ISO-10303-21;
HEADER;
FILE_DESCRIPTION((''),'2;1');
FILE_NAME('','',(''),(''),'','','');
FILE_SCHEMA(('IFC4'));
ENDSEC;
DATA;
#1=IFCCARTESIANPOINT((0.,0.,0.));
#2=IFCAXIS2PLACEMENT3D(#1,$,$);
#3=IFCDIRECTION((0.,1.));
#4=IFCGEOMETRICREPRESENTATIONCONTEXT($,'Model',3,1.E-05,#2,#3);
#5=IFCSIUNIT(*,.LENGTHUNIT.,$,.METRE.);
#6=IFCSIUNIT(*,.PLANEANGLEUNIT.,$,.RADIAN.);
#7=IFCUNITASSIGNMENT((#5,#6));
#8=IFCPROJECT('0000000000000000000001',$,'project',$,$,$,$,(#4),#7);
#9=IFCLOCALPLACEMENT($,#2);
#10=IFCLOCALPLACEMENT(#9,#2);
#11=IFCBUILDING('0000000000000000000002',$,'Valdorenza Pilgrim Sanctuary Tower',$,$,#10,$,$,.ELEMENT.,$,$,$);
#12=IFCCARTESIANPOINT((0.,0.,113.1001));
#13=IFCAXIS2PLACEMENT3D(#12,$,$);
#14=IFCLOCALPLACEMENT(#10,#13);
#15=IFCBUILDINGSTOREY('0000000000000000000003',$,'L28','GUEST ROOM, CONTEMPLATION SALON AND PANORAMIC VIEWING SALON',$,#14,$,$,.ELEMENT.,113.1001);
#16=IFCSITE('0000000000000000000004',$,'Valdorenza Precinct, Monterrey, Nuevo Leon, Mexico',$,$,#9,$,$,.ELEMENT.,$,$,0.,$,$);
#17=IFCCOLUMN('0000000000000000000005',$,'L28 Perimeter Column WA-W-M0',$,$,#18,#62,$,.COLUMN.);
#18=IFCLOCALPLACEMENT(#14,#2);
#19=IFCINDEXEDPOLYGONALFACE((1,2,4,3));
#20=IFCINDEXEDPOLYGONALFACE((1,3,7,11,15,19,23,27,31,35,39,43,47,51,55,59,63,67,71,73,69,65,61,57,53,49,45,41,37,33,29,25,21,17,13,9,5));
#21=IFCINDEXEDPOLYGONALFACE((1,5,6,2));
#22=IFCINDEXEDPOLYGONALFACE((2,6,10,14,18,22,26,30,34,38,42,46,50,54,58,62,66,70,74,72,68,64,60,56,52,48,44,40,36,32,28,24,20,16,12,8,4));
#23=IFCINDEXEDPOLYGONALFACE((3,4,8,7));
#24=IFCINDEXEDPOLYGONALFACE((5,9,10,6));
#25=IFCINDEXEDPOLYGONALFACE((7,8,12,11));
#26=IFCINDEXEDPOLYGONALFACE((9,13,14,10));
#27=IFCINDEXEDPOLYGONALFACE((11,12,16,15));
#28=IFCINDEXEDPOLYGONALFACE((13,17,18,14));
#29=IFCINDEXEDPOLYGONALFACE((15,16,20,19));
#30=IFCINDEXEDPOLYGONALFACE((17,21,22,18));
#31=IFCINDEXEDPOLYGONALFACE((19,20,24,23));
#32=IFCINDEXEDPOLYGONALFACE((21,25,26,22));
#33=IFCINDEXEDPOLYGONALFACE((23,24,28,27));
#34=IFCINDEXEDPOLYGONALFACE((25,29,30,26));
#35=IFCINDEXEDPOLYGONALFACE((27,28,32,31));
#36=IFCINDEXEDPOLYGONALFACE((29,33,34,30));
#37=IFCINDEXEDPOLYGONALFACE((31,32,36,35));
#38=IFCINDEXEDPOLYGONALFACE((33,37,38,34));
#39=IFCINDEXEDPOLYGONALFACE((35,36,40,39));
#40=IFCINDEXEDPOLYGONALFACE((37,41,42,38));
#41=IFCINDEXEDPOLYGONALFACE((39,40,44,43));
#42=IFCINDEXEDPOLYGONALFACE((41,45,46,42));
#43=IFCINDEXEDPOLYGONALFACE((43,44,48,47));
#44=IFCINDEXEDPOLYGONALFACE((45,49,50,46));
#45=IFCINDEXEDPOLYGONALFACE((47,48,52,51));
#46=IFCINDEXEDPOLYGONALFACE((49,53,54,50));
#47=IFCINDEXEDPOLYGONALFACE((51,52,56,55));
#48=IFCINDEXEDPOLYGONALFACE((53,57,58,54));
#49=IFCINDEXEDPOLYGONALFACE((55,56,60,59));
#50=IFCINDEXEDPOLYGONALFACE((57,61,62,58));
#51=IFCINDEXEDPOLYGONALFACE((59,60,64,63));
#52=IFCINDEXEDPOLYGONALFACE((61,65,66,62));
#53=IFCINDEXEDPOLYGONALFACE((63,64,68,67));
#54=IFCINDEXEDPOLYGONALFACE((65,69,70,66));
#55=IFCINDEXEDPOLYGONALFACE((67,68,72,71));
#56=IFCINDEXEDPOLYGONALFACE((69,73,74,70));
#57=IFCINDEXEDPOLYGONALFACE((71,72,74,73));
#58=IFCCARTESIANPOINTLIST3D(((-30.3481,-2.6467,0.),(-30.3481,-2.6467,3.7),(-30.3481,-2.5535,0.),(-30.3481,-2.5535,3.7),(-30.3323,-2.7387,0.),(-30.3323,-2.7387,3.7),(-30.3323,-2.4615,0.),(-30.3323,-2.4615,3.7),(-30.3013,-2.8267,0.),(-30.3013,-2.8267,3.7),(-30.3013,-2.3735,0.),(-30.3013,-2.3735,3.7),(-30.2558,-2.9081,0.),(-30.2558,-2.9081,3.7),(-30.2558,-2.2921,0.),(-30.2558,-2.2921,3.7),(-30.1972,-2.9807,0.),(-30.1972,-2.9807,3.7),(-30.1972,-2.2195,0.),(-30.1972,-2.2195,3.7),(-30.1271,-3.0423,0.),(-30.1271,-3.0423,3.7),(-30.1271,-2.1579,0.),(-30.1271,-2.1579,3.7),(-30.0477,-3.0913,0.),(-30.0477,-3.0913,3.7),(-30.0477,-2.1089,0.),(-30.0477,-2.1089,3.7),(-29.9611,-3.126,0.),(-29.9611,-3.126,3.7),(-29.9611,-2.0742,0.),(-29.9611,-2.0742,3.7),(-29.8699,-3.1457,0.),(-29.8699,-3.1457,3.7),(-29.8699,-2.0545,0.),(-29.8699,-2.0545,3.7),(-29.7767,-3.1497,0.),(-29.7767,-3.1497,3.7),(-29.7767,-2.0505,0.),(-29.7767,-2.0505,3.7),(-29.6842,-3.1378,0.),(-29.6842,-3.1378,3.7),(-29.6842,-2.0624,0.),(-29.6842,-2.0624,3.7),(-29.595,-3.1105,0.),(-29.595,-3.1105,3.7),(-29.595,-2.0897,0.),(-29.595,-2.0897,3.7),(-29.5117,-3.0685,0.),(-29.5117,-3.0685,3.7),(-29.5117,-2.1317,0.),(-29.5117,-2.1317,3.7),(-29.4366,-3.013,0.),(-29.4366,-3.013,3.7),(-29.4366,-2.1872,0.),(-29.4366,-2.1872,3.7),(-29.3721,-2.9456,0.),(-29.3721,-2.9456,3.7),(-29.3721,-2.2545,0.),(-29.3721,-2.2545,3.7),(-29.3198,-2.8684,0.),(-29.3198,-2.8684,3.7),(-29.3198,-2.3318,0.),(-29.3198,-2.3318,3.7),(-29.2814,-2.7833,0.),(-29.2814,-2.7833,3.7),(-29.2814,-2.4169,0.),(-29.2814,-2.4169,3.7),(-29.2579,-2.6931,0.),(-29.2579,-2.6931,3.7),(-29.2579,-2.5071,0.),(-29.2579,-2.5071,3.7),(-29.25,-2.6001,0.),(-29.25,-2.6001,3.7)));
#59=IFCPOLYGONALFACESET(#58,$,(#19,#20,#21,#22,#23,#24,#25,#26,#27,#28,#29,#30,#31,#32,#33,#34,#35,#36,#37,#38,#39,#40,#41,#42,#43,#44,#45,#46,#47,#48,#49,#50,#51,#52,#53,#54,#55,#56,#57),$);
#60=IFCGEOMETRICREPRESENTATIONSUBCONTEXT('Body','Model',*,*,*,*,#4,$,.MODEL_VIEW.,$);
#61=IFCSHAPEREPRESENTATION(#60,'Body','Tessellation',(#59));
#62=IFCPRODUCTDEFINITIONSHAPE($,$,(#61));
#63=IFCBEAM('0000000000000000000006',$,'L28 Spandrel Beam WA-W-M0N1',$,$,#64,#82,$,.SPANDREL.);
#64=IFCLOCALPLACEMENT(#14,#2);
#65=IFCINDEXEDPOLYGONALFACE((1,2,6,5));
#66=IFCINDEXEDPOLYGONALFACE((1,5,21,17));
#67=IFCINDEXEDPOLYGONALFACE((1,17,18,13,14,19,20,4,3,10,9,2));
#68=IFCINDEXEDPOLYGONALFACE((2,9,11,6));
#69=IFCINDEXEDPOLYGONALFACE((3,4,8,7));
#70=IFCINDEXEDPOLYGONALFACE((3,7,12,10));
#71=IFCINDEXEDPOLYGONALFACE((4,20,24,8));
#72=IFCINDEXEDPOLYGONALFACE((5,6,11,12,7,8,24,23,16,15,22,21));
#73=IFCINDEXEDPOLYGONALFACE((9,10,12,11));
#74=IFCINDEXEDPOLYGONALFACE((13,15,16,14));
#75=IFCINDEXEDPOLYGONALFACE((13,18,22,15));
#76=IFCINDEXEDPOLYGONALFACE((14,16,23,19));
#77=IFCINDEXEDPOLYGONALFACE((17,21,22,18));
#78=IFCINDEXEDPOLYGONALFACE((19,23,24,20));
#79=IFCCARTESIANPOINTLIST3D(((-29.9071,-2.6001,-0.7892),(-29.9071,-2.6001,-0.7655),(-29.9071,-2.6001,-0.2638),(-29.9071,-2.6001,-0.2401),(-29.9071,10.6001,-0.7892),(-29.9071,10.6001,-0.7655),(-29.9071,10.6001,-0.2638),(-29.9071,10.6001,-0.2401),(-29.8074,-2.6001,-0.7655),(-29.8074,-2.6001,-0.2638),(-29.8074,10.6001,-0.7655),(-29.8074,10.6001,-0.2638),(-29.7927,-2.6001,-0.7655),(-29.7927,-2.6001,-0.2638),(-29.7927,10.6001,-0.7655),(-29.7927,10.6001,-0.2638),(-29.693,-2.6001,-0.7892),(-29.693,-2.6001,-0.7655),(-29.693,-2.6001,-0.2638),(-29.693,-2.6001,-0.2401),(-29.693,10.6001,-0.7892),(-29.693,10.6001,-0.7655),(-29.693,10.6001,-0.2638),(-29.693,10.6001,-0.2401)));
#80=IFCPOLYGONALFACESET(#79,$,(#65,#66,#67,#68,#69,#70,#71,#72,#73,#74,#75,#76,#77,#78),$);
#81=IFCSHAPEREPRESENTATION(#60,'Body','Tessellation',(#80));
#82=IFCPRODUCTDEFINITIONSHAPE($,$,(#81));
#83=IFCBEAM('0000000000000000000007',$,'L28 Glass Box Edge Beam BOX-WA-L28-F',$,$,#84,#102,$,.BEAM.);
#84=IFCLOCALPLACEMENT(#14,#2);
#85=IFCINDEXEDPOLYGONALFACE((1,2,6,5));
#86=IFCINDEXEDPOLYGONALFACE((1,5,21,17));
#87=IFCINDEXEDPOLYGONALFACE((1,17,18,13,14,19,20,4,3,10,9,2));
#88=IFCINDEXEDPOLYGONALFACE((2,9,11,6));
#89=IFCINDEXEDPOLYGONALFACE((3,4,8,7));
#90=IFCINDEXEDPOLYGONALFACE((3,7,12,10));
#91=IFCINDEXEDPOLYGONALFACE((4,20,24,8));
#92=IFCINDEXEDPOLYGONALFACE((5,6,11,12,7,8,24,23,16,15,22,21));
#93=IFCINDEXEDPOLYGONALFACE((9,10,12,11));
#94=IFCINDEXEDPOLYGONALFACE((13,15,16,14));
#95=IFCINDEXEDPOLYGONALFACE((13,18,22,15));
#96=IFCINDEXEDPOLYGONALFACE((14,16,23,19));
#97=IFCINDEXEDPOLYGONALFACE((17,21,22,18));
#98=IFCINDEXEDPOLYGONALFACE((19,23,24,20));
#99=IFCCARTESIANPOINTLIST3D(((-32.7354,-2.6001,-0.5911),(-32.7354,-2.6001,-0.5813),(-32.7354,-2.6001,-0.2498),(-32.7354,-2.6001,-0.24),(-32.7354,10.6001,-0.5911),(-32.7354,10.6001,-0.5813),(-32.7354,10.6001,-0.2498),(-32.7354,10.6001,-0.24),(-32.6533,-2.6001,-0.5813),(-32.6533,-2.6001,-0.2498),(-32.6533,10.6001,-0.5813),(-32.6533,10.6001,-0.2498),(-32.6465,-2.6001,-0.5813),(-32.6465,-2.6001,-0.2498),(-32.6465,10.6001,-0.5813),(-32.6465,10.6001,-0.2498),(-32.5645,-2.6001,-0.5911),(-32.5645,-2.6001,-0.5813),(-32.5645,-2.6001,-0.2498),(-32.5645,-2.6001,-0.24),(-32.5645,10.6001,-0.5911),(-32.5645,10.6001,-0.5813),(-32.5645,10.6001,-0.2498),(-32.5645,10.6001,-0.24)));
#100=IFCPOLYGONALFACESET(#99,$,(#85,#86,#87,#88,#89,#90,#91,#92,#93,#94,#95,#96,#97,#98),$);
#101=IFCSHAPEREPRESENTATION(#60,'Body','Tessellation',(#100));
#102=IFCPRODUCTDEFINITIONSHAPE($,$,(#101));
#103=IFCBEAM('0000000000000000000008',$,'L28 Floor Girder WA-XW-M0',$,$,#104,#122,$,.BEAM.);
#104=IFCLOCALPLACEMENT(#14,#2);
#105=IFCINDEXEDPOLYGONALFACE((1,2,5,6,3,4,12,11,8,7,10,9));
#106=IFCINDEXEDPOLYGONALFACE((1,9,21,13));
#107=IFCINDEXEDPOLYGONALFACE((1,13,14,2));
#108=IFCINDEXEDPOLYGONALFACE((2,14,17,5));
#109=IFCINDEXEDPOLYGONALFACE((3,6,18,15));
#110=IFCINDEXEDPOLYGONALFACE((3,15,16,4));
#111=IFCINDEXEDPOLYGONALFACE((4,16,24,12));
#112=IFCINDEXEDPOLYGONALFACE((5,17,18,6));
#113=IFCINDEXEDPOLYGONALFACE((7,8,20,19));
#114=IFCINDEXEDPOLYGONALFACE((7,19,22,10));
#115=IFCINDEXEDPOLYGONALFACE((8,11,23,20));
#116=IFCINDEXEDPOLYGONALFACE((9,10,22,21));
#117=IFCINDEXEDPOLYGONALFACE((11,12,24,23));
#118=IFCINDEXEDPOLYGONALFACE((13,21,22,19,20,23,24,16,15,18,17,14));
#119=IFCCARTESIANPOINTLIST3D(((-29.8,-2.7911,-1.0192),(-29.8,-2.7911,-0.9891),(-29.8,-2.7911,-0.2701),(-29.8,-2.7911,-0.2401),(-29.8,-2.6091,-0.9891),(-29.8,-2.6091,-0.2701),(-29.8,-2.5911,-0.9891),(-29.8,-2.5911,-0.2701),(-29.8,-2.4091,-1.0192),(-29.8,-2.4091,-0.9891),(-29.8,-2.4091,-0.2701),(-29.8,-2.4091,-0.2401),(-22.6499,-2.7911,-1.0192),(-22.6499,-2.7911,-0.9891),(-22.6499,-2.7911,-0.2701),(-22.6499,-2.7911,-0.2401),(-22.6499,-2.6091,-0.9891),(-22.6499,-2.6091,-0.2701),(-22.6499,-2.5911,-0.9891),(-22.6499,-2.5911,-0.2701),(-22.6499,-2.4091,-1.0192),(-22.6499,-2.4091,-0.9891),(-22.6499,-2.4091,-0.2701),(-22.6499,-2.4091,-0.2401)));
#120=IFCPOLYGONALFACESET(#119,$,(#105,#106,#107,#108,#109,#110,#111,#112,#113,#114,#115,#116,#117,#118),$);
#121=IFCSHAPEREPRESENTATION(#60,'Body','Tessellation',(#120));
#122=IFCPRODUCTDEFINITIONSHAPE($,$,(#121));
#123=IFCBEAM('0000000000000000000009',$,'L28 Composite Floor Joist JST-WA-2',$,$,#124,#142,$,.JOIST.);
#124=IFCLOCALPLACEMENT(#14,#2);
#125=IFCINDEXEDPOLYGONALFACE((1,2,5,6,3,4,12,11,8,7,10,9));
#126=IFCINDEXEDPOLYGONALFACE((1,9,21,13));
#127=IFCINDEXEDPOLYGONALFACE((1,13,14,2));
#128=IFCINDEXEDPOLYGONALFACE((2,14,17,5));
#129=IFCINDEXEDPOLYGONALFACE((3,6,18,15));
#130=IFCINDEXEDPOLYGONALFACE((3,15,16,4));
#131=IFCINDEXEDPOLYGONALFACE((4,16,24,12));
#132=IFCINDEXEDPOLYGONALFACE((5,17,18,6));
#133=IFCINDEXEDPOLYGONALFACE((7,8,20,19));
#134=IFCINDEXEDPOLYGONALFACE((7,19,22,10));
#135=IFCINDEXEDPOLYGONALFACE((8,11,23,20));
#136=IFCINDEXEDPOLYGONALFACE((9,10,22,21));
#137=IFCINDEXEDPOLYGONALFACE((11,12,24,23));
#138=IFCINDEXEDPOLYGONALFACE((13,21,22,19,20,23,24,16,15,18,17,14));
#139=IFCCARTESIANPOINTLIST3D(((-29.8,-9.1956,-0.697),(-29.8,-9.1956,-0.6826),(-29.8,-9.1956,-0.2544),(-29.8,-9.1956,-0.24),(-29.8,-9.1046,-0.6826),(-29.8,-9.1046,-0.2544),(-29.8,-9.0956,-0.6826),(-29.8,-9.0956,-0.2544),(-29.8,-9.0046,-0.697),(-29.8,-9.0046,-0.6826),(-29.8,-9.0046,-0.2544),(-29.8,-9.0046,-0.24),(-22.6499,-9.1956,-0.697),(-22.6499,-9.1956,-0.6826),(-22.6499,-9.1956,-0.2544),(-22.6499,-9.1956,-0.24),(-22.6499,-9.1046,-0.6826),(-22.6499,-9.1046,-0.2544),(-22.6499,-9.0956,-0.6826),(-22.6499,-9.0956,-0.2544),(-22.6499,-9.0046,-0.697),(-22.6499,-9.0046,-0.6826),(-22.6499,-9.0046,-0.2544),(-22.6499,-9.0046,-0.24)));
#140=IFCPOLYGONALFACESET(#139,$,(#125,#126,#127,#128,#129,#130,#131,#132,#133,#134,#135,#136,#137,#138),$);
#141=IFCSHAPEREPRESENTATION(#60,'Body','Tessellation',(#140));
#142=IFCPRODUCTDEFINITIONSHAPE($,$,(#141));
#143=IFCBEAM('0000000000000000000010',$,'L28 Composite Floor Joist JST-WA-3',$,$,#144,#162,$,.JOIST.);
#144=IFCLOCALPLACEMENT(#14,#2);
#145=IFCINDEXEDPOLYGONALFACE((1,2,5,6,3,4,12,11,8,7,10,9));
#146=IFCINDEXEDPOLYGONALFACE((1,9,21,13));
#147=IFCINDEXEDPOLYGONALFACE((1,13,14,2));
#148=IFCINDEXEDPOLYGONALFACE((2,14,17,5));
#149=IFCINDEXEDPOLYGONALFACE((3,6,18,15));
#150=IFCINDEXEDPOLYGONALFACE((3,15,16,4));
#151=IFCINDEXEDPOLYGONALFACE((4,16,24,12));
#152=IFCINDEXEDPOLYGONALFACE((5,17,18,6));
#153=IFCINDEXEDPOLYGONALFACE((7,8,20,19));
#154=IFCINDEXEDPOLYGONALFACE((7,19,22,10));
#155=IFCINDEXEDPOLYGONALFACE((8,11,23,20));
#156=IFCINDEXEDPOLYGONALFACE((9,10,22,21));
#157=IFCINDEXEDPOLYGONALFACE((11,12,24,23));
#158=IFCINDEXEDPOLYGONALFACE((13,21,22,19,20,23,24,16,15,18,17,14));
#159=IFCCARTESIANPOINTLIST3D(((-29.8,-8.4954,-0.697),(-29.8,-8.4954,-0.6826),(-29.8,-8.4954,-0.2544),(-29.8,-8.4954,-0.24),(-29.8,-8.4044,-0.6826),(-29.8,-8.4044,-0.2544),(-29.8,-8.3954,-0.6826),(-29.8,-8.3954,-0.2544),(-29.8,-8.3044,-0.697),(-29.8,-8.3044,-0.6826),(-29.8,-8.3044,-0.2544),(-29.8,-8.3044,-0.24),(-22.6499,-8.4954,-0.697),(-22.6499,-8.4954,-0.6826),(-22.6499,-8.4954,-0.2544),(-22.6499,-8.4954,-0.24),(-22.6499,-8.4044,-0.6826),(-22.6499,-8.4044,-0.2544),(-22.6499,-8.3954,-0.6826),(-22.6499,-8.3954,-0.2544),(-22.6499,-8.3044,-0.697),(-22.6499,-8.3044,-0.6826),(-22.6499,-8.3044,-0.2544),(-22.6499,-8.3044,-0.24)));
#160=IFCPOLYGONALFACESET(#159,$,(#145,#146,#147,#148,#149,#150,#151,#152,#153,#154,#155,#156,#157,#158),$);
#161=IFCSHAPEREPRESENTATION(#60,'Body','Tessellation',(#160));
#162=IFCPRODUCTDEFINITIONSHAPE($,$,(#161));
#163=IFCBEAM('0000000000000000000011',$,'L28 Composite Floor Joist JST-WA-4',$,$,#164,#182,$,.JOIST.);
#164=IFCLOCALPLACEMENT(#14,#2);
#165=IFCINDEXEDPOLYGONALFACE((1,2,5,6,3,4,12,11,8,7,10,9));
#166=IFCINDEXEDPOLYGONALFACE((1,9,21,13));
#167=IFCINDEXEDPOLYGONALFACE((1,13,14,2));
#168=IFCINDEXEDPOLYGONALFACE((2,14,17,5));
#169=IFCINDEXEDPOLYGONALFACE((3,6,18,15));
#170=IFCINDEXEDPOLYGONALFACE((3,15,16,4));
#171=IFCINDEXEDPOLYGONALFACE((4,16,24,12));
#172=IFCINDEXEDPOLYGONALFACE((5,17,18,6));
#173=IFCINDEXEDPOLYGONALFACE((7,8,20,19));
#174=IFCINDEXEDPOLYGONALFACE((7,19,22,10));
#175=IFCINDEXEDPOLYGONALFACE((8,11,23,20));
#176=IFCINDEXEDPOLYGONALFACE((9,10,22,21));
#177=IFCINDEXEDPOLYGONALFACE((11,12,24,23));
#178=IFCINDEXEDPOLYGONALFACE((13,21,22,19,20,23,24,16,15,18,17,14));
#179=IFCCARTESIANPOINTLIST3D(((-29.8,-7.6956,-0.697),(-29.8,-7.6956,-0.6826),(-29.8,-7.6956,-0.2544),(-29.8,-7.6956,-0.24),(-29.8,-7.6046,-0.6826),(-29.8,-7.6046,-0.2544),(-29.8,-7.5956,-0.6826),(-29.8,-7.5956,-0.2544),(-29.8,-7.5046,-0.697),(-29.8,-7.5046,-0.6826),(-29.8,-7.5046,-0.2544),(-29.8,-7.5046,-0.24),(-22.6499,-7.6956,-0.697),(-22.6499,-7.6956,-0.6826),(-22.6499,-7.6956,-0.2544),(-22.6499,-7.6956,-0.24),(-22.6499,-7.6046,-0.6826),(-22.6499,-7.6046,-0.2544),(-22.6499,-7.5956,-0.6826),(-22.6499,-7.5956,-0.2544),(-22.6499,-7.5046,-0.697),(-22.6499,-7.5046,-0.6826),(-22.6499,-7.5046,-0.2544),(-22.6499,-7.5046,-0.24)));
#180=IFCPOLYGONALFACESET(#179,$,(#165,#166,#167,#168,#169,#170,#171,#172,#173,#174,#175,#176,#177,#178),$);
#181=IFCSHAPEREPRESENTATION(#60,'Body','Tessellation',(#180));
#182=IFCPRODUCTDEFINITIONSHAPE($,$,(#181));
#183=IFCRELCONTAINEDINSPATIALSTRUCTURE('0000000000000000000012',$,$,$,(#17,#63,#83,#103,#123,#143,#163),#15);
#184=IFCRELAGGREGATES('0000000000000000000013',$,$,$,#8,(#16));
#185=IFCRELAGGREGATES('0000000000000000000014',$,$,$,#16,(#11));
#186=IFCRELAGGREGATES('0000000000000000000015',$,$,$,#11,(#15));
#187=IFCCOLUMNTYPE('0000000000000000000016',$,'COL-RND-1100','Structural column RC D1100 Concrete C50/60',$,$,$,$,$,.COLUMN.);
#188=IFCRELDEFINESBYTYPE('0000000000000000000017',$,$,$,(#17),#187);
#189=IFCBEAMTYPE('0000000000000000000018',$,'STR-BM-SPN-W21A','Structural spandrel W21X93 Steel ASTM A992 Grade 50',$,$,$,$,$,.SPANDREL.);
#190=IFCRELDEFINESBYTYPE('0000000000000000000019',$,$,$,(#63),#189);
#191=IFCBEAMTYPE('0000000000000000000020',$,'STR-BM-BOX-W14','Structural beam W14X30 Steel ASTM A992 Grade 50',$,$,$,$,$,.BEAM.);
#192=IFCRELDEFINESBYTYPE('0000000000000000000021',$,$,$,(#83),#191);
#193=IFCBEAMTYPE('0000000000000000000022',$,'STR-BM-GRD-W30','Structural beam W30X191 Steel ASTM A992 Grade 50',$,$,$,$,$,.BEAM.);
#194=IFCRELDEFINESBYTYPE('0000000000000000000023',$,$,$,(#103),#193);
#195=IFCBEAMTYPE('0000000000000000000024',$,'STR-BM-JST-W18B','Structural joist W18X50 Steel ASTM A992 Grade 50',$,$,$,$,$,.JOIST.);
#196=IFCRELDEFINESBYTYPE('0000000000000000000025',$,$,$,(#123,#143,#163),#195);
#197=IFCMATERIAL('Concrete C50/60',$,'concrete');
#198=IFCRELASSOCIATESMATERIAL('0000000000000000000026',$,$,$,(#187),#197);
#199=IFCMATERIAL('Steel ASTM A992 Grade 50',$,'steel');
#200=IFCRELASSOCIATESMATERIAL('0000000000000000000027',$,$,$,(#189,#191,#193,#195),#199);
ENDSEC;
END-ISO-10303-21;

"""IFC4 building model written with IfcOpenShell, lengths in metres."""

from ifc_helpers import new_model, si_unit, direction, frame, origin, origin_2d, place, context, subcontext, project, spatial, circle, i_section, extrude, source, transform, mapped, material, material_profile, profile_set, type_object, element, save


model = new_model("IFC4")

# Units and contexts
model_context = context("Model", 3, precision=1e-05, world=origin(), true_north=direction((0.0, 1.0)))
body_context = subcontext(model_context, "Body", "Model", "MODEL_VIEW")
ifc_project = project(units=[si_unit("LENGTHUNIT", "METRE"), si_unit("PLANEANGLEUNIT", "RADIAN")], contexts=[model_context])

# Site, building, storey
site_placement = place(None, origin())
site = spatial("IfcSite", under=ifc_project, at=site_placement, Name="Valdorenza Precinct, Monterrey, Nuevo Leon, Mexico", CompositionType="ELEMENT", RefElevation=0.0)
building_placement = place(site_placement, origin())
building = spatial("IfcBuilding", under=site, at=building_placement, Name="Valdorenza Pilgrim Sanctuary Tower", CompositionType="ELEMENT")
storey_placement = place(building_placement, frame((0.0, 0.0, 113.1001)))
storey = spatial("IfcBuildingStorey", under=building, at=storey_placement, Name="L28", Description="GUEST ROOM, CONTEMPLATION SALON AND PANORAMIC VIEWING SALON", CompositionType="ELEMENT", Elevation=113.1001)

# Column
ifc_material_1 = material(Name="Concrete C50/60", Category="concrete")
ifc_material_profile_1 = material_profile(ifc_material_1, circle(Radius=0.55, at=origin_2d()), Name="RC D1100")
ifc_profile_set_1 = profile_set([ifc_material_profile_1], Name="Concrete C50/60")
column_type = type_object("IfcColumnType", Name="COL-RND-1100", Description="Structural column RC D1100 Concrete C50/60", PredefinedType="COLUMN", material=ifc_profile_set_1)
shared_shape_1 = source(origin(), body_context, "Body", "SweptSolid", [
    extrude(circle(Radius=0.55, at=origin_2d()), origin(), (0.0, 0.0, 1.0), 3.7),
])
column_placement = place(storey_placement, frame((-29.8, -2.6001, 0.0), z_axis=(0.0, 0.0, 1.0), x_axis=(1.0, 0.0, 0.0)))
element("IfcColumn", 1, at=column_placement, inside=storey, type_object=column_type, Name="L28 Perimeter Column WA-W-M0", PredefinedType="COLUMN", context=body_context, shape_type="MappedRepresentation", body=[
    mapped(shared_shape_1, transform((0.0, 0.0, 0.0), x_axis=(1.0, 0.0, 0.0), y_axis=(0.0, 1.0, 0.0), z_axis=(0.0, 0.0, 1.0), scale=1.0)),
])

# Beams
ifc_material_2 = material(Name="Steel ASTM A992 Grade 50", Category="steel")
ifc_material_profile_2 = material_profile(ifc_material_2, i_section(OverallWidth=0.2141, OverallDepth=0.5491, WebThickness=0.0146, FlangeThickness=0.0237, at=origin_2d()), Name="W21X93")
ifc_profile_set_2 = profile_set([ifc_material_profile_2], Name="Steel ASTM A992 Grade 50")
beam_type_1 = type_object("IfcBeamType", Name="STR-BM-SPN-W21A", Description="Structural spandrel W21X93 Steel ASTM A992 Grade 50", PredefinedType="SPANDREL", material=ifc_profile_set_2)
shared_shape_2 = source(origin(), body_context, "Body", "SweptSolid", [
    extrude(i_section(OverallWidth=0.2141, OverallDepth=0.5491, WebThickness=0.0146, FlangeThickness=0.0237, at=origin_2d()), origin(), (0.0, 0.0, 1.0), 13.2002),
])
beam_1_placement = place(storey_placement, frame((-29.8, -2.6001, -0.5146), z_axis=(0.0, 1.0, 0.0), x_axis=(-1.0, 0.0, 0.0)))
element("IfcBeam", 2, at=beam_1_placement, inside=storey, type_object=beam_type_1, Name="L28 Spandrel Beam WA-W-M0N1", PredefinedType="SPANDREL", context=body_context, shape_type="MappedRepresentation", body=[
    mapped(shared_shape_2, transform((0.0, 0.0, 0.0), x_axis=(1.0, 0.0, 0.0), y_axis=(0.0, 1.0, 0.0), z_axis=(0.0, 0.0, 1.0), scale=1.0)),
])
ifc_material_profile_3 = material_profile(ifc_material_2, i_section(OverallWidth=0.1709, OverallDepth=0.3511, WebThickness=0.0068, FlangeThickness=0.0098, at=origin_2d()), Name="W14X30")
ifc_profile_set_3 = profile_set([ifc_material_profile_3], Name="Steel ASTM A992 Grade 50")
beam_type_2 = type_object("IfcBeamType", Name="STR-BM-BOX-W14", Description="Structural beam W14X30 Steel ASTM A992 Grade 50", PredefinedType="BEAM", material=ifc_profile_set_3)
shared_shape_3 = source(origin(), body_context, "Body", "SweptSolid", [
    extrude(i_section(OverallWidth=0.1709, OverallDepth=0.3511, WebThickness=0.0068, FlangeThickness=0.0098, at=origin_2d()), origin(), (0.0, 0.0, 1.0), 13.2002),
])
beam_2_placement = place(storey_placement, frame((-32.6499, -2.6001, -0.4155), z_axis=(0.0, 1.0, 0.0), x_axis=(-1.0, 0.0, 0.0)))
element("IfcBeam", 3, at=beam_2_placement, inside=storey, type_object=beam_type_2, Name="L28 Glass Box Edge Beam BOX-WA-L28-F", PredefinedType="BEAM", context=body_context, shape_type="MappedRepresentation", body=[
    mapped(shared_shape_3, transform((0.0, 0.0, 0.0), x_axis=(1.0, 0.0, 0.0), y_axis=(0.0, 1.0, 0.0), z_axis=(0.0, 0.0, 1.0), scale=1.0)),
])
ifc_material_profile_4 = material_profile(ifc_material_2, i_section(OverallWidth=0.3821, OverallDepth=0.7791, WebThickness=0.0181, FlangeThickness=0.03, at=origin_2d()), Name="W30X191")
ifc_profile_set_4 = profile_set([ifc_material_profile_4], Name="Steel ASTM A992 Grade 50")
beam_type_3 = type_object("IfcBeamType", Name="STR-BM-GRD-W30", Description="Structural beam W30X191 Steel ASTM A992 Grade 50", PredefinedType="BEAM", material=ifc_profile_set_4)
shared_shape_4 = source(origin(), body_context, "Body", "SweptSolid", [
    extrude(i_section(OverallWidth=0.3821, OverallDepth=0.7791, WebThickness=0.0181, FlangeThickness=0.03, at=origin_2d()), origin(), (0.0, 0.0, 1.0), 7.1501),
])
beam_3_placement = place(storey_placement, frame((-29.8, -2.6001, -0.6296), z_axis=(1.0, 0.0, 0.0), x_axis=(0.0, 1.0, 0.0)))
element("IfcBeam", 4, at=beam_3_placement, inside=storey, type_object=beam_type_3, Name="L28 Floor Girder WA-XW-M0", PredefinedType="BEAM", context=body_context, shape_type="MappedRepresentation", body=[
    mapped(shared_shape_4, transform((0.0, 0.0, 0.0), x_axis=(1.0, 0.0, 0.0), y_axis=(0.0, 1.0, 0.0), z_axis=(0.0, 0.0, 1.0), scale=1.0)),
])
ifc_material_profile_5 = material_profile(ifc_material_2, i_section(OverallWidth=0.1909, OverallDepth=0.457, WebThickness=0.009, FlangeThickness=0.0144, at=origin_2d()), Name="W18X50")
ifc_profile_set_5 = profile_set([ifc_material_profile_5], Name="Steel ASTM A992 Grade 50")
beam_type_4 = type_object("IfcBeamType", Name="STR-BM-JST-W18B", Description="Structural joist W18X50 Steel ASTM A992 Grade 50", PredefinedType="JOIST", material=ifc_profile_set_5)
shared_shape_5 = source(origin(), body_context, "Body", "SweptSolid", [
    extrude(i_section(OverallWidth=0.1909, OverallDepth=0.457, WebThickness=0.009, FlangeThickness=0.0144, at=origin_2d()), origin(), (0.0, 0.0, 1.0), 7.1501),
])
for number, where, z_axis, x_axis, name in (
    (5, (-29.8, -9.1001, -0.4685), (1.0, 0.0, 0.0), (0.0, 1.0, 0.0), "L28 Composite Floor Joist JST-WA-2"),
    (6, (-29.8, -8.3999, -0.4685), (1.0, 0.0, 0.0), (0.0, 1.0, 0.0), "L28 Composite Floor Joist JST-WA-3"),
    (7, (-29.8, -7.6001, -0.4685), (1.0, 0.0, 0.0), (0.0, 1.0, 0.0), "L28 Composite Floor Joist JST-WA-4"),
):
    element("IfcBeam", number, at=place(storey_placement, frame(where, z_axis=z_axis, x_axis=x_axis)), inside=storey, type_object=beam_type_4, Name=name, PredefinedType="JOIST", context=body_context, shape_type="MappedRepresentation", body=[
        mapped(shared_shape_5, transform((0.0, 0.0, 0.0), x_axis=(1.0, 0.0, 0.0), y_axis=(0.0, 1.0, 0.0), z_axis=(0.0, 0.0, 1.0), scale=1.0)),
    ])

save(model, "model.ifc")
